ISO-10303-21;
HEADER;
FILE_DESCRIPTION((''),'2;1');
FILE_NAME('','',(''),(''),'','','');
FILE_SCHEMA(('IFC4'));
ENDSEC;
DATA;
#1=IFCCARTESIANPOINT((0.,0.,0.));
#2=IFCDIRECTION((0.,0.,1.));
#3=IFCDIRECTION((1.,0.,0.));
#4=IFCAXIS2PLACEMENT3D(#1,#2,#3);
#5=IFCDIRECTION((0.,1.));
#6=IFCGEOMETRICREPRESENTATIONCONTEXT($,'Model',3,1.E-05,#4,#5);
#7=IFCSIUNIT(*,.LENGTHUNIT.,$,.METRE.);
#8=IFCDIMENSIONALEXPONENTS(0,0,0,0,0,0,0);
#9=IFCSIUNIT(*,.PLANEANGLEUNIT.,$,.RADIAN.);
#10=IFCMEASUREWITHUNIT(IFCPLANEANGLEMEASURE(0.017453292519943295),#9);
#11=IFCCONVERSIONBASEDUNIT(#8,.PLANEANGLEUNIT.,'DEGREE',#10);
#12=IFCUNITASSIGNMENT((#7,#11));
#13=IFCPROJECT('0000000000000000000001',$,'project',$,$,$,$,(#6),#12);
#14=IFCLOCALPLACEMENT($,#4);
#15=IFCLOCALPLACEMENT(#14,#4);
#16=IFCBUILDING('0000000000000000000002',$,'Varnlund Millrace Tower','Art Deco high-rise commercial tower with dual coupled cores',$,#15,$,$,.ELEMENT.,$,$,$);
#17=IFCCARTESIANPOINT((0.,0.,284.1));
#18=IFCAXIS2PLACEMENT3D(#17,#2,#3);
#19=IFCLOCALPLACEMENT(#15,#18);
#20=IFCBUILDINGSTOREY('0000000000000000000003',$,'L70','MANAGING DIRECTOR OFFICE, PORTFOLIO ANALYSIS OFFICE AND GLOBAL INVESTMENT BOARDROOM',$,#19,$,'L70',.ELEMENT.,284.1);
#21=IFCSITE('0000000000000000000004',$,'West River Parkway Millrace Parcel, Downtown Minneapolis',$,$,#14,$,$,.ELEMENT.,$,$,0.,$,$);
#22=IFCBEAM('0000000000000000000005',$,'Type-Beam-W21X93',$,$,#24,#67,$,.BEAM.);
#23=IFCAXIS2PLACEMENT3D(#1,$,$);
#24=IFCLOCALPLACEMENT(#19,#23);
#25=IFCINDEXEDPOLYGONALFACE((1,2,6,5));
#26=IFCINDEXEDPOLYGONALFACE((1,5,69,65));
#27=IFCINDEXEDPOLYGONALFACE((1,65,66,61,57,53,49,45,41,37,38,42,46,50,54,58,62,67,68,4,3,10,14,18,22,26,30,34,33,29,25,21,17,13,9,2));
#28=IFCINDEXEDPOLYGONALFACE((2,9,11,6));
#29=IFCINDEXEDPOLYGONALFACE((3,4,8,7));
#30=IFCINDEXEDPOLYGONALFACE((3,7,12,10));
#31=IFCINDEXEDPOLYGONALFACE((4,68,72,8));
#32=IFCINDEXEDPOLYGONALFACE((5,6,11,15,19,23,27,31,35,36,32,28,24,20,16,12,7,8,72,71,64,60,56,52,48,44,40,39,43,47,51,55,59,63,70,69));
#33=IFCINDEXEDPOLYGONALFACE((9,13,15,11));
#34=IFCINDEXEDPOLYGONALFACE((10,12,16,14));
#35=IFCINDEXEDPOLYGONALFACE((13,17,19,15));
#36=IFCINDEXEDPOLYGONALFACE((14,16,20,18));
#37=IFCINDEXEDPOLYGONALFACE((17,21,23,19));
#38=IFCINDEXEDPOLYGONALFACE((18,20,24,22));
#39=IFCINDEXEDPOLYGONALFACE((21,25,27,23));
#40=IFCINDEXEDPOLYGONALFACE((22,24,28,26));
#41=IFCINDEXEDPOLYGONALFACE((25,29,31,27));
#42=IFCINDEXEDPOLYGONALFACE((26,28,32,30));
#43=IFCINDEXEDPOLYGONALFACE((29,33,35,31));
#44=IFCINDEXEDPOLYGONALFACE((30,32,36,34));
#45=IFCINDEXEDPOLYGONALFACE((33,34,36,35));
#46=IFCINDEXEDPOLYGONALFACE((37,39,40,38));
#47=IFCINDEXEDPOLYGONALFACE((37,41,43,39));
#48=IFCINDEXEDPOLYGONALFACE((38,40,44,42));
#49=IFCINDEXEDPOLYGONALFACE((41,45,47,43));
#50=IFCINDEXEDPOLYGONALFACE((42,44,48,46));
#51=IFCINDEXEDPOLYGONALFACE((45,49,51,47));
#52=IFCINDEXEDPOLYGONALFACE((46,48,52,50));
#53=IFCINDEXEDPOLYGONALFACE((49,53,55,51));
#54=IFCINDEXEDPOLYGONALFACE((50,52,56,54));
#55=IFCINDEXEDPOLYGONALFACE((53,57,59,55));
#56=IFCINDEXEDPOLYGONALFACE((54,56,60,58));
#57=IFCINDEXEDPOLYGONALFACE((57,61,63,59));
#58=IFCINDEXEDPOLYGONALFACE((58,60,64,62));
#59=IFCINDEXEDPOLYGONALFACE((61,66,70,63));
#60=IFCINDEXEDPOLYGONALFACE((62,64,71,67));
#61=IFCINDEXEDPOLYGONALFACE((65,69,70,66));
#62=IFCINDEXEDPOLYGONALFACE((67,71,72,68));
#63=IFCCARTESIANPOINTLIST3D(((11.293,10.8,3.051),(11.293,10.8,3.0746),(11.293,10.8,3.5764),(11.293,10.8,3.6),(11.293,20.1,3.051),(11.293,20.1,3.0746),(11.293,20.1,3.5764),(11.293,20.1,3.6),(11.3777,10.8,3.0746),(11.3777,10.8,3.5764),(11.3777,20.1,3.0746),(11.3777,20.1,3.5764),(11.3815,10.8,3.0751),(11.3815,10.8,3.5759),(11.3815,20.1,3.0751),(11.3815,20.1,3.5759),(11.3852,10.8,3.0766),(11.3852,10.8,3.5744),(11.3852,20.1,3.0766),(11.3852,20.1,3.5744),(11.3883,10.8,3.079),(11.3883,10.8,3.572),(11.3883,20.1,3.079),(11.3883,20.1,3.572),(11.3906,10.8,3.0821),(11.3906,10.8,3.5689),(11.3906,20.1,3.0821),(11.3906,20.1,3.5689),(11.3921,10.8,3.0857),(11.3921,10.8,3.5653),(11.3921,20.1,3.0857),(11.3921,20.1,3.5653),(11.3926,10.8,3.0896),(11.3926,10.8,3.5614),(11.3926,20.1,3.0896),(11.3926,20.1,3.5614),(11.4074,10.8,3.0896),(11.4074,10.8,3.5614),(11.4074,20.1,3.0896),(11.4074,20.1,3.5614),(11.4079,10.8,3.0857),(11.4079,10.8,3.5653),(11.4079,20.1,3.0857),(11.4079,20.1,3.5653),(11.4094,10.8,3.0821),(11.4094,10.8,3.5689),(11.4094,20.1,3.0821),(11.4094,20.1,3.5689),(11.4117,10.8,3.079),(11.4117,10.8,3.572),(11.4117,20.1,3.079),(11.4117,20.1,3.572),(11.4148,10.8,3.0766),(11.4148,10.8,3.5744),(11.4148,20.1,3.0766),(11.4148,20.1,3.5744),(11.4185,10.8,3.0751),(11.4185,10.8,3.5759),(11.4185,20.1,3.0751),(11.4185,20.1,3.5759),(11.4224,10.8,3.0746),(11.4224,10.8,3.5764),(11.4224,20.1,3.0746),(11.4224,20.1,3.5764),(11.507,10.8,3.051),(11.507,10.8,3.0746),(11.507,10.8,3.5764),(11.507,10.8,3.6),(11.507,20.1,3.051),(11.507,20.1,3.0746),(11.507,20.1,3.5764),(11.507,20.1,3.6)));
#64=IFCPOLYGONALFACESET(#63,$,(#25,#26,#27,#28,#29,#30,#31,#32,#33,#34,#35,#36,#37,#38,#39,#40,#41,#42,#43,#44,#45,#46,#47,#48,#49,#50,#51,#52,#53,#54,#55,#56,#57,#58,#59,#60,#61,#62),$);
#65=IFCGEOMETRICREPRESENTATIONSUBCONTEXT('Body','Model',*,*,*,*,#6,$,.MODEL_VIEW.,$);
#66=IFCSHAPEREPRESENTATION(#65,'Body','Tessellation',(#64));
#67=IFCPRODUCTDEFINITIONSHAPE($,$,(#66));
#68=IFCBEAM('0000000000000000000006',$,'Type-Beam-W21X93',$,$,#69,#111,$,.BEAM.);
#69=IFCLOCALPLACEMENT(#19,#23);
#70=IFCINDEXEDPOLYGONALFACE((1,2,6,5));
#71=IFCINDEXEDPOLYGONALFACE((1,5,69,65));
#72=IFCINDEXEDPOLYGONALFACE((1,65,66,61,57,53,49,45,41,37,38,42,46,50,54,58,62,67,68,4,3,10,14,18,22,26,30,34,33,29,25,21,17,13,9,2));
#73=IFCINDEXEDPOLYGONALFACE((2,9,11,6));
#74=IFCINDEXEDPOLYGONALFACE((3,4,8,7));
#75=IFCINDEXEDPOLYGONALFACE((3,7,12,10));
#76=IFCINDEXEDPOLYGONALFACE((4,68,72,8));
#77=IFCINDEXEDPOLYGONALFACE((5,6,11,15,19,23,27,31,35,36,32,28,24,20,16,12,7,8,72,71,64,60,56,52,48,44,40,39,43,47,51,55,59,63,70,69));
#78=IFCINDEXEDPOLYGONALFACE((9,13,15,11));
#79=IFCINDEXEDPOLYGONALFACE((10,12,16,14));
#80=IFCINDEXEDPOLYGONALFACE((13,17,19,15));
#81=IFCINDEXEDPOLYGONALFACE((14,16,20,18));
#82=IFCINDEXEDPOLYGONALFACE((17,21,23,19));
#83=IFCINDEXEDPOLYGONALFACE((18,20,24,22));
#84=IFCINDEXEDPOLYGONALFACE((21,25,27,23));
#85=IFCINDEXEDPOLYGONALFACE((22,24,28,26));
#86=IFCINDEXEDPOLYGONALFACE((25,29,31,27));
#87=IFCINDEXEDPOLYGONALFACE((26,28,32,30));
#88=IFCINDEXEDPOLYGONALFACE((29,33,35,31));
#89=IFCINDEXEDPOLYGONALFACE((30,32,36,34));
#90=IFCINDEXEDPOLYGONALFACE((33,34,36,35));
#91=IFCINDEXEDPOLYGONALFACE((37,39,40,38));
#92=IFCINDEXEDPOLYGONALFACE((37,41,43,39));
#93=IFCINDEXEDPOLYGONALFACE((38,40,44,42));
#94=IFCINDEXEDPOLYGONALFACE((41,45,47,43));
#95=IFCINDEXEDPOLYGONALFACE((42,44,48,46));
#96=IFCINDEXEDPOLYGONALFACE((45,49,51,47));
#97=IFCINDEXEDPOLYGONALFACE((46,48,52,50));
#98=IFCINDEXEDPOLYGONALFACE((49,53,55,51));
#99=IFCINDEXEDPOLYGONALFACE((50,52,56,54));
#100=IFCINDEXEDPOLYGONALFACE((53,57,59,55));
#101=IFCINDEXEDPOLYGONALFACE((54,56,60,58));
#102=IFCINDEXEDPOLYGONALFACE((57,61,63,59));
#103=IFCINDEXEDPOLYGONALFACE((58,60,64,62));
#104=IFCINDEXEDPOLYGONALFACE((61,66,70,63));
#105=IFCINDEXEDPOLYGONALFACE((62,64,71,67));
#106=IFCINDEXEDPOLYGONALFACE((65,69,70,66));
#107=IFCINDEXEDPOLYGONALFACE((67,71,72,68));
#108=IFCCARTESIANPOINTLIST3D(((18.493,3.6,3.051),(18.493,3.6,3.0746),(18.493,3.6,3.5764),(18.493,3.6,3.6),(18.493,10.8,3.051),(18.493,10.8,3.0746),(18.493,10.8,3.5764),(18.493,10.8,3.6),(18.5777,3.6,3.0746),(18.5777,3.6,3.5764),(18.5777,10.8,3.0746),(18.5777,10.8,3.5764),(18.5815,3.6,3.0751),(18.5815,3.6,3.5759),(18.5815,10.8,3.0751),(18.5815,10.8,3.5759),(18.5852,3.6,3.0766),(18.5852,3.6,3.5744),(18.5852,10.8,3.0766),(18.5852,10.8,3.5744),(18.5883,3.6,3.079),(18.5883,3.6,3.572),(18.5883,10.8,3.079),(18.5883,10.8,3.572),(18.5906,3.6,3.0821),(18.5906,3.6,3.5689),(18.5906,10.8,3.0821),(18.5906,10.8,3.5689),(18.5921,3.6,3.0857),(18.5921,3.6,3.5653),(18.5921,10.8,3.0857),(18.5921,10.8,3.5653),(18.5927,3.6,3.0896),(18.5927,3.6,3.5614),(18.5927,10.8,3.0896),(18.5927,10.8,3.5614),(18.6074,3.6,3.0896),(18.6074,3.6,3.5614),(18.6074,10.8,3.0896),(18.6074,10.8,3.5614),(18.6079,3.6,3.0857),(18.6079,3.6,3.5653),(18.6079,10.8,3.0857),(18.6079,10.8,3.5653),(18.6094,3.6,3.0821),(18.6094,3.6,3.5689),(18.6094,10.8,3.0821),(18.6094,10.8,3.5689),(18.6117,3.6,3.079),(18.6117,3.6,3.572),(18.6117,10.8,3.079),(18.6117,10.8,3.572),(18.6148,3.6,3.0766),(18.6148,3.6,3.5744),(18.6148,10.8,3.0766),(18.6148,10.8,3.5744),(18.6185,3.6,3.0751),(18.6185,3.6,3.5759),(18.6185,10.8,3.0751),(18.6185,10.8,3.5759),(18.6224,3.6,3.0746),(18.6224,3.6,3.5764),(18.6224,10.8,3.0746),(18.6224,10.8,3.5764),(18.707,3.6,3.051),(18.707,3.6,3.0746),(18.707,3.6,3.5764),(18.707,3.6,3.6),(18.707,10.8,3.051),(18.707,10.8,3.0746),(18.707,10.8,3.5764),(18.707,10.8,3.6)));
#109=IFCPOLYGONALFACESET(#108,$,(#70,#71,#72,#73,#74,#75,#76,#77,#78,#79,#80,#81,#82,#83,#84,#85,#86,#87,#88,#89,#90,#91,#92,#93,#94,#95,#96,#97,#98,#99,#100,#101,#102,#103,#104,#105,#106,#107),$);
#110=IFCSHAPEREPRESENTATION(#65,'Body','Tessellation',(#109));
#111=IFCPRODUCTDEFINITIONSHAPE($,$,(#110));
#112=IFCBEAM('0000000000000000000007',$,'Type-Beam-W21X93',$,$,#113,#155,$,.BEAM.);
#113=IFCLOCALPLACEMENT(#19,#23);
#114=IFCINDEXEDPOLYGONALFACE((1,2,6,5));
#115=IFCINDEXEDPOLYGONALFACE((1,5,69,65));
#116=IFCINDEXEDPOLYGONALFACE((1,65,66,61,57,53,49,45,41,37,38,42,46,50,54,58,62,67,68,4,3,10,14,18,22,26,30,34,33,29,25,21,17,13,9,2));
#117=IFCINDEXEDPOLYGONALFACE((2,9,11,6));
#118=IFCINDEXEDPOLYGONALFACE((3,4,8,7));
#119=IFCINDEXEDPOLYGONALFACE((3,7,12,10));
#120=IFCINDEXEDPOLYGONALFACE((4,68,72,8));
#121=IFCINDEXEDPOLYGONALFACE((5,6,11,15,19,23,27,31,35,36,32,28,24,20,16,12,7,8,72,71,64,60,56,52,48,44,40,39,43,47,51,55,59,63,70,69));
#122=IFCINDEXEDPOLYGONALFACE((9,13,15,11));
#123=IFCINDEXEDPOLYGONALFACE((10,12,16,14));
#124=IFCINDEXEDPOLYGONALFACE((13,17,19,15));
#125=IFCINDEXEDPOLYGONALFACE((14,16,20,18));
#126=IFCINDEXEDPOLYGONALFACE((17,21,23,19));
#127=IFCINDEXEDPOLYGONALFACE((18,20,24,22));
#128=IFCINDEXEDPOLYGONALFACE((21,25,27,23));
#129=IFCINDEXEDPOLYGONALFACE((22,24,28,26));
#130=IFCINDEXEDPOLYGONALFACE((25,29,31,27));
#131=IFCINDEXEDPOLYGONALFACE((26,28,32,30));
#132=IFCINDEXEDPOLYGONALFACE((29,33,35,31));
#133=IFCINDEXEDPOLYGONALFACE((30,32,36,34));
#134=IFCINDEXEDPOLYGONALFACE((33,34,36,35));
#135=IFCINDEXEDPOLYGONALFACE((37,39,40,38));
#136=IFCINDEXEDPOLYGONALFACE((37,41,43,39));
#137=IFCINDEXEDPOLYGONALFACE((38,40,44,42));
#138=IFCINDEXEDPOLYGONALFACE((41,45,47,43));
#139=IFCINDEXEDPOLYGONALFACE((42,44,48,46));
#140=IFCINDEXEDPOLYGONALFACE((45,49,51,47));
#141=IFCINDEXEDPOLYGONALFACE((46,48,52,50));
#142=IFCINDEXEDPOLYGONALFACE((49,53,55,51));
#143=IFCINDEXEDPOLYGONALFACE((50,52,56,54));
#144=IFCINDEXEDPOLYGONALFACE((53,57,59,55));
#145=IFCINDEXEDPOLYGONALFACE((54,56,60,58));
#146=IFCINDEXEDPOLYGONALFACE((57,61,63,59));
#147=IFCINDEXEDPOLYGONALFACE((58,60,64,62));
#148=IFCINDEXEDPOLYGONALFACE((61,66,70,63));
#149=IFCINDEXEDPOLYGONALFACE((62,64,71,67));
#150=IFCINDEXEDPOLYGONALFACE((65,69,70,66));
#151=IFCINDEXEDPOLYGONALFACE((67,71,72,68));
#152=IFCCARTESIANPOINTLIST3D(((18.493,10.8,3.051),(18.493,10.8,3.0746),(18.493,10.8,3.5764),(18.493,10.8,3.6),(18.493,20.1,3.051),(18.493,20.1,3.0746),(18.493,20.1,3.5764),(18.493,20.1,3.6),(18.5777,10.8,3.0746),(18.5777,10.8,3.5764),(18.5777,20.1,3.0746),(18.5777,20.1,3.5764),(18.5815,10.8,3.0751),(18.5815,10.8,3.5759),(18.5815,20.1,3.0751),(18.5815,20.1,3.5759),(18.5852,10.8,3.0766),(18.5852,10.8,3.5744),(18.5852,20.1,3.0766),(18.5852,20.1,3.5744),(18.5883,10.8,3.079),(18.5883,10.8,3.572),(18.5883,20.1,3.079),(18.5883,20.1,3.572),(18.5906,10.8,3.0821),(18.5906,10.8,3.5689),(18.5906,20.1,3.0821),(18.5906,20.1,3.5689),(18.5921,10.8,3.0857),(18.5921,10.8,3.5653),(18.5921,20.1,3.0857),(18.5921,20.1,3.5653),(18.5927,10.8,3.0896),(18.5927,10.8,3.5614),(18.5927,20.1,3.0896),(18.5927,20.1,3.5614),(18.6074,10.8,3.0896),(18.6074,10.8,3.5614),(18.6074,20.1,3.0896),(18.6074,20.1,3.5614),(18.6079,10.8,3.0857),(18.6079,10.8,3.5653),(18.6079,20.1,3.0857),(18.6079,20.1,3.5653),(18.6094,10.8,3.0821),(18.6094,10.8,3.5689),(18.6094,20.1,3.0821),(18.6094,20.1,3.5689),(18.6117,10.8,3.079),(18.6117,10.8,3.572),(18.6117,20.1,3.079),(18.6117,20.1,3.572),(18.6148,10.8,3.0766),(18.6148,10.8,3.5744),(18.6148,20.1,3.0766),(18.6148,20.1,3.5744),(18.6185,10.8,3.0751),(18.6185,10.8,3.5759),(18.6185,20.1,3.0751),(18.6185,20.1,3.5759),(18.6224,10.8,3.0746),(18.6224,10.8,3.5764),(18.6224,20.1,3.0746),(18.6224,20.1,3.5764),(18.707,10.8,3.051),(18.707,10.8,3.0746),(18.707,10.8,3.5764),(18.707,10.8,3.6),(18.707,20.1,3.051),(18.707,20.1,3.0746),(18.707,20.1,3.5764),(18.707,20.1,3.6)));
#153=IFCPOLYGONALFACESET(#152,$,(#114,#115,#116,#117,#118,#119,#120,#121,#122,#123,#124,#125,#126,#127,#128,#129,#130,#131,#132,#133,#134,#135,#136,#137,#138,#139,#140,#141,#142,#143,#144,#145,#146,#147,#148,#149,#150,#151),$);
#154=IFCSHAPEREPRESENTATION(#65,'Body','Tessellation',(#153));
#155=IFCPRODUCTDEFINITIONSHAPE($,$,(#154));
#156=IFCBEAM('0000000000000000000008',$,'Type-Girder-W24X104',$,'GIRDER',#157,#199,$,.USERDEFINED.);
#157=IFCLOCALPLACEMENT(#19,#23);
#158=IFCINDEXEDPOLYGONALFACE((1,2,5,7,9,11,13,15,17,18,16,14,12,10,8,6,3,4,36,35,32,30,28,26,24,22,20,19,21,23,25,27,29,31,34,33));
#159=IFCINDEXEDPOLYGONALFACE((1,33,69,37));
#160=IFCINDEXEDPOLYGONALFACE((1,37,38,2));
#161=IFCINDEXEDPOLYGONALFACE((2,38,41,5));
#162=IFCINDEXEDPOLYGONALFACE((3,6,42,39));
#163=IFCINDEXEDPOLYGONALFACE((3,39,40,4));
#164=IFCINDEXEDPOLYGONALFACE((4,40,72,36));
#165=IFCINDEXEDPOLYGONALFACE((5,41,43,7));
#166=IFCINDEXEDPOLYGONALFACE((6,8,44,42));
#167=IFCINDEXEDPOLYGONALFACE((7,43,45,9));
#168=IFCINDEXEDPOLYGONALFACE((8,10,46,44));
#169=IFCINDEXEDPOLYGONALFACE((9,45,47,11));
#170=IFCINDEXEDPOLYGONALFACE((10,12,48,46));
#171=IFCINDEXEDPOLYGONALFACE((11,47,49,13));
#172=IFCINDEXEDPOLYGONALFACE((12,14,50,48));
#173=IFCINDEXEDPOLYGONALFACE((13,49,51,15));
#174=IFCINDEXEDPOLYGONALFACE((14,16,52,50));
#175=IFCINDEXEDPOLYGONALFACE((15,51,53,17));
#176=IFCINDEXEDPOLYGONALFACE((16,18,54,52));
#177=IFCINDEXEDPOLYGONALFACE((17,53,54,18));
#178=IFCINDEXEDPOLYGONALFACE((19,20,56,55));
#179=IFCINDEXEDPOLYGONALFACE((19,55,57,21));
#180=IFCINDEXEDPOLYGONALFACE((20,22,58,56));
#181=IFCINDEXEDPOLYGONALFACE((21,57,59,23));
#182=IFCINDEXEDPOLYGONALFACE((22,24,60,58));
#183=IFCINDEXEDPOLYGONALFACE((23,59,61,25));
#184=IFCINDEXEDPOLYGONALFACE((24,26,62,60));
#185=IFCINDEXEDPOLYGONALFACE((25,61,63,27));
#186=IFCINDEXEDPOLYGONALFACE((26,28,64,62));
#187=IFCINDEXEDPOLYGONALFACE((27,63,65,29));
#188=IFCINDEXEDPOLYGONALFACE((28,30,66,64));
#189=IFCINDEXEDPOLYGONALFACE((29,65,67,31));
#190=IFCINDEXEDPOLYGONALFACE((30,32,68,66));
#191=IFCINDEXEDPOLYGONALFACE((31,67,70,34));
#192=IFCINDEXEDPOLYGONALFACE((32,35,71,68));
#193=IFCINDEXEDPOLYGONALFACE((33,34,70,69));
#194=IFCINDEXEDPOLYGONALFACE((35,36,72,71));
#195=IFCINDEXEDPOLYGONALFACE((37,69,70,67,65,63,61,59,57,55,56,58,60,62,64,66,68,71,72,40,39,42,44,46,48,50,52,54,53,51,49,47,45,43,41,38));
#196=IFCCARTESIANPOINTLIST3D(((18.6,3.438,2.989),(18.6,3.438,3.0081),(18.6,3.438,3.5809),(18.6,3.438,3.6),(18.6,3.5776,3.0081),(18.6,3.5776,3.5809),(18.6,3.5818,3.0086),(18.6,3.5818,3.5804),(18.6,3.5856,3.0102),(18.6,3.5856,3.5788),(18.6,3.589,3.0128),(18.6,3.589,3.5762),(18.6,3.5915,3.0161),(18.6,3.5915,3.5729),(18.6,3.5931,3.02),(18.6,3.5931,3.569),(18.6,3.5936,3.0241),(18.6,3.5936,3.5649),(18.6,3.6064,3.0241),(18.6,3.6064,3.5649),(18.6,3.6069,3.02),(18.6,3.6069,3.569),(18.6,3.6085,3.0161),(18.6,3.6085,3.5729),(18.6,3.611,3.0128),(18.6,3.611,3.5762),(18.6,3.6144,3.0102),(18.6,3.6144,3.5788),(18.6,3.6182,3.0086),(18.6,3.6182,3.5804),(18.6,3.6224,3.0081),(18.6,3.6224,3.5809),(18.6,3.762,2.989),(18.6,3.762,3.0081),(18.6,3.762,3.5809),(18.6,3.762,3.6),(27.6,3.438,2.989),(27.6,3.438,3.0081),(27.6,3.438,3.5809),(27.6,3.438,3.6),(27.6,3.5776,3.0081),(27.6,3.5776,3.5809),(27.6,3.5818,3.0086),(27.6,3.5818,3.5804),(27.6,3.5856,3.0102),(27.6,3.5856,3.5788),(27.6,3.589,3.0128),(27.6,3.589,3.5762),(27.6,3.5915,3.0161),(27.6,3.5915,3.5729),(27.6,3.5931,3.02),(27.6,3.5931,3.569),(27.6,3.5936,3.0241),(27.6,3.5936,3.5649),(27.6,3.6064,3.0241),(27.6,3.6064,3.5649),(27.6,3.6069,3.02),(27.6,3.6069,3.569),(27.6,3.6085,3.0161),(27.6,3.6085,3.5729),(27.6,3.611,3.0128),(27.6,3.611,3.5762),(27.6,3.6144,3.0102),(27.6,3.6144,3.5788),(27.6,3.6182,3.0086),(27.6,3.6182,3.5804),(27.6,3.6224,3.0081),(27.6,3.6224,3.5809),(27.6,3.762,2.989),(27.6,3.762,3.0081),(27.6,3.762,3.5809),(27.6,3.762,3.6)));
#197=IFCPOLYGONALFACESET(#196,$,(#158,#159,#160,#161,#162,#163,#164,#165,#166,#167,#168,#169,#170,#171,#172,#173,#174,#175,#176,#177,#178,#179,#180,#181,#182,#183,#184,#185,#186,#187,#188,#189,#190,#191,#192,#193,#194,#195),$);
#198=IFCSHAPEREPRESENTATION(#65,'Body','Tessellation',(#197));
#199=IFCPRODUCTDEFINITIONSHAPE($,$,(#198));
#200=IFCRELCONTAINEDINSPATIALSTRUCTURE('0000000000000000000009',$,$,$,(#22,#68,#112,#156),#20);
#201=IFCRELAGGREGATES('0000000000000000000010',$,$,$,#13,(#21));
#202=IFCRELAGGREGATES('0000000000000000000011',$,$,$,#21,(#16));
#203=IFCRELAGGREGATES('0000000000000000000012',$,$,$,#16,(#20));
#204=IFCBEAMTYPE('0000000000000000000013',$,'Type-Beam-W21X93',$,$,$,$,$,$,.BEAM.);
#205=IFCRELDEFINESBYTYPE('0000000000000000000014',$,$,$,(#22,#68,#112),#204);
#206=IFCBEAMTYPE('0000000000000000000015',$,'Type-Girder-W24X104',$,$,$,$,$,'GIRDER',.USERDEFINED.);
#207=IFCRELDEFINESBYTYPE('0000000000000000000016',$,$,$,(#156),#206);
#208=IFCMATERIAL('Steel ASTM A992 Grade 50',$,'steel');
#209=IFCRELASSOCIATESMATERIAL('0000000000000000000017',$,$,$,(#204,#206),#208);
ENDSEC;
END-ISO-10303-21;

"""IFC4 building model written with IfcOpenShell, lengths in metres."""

from ifc_helpers import new_model, entity, si_unit, converted_unit, direction, frame, origin_with_axes, origin_2d_with_axis, place, context, subcontext, project, spatial, i_section, extrude, material, material_profile, profile_set, type_object, element, save


model = new_model("IFC4")

# Units and contexts
model_context = context("Model", 3, precision=1e-05, world=origin_with_axes(), true_north=direction((0.0, 1.0)))
body_context = subcontext(model_context, "Body", "Model", "MODEL_VIEW")
ifc_project = project(units=[si_unit("LENGTHUNIT", "METRE"), converted_unit("PLANEANGLEUNIT", "DEGREE", entity("IfcPlaneAngleMeasure", 0.017453292519943295), si_unit("PLANEANGLEUNIT", "RADIAN"), dimensions=[0, 0, 0, 0, 0, 0, 0])], contexts=[model_context])

# Site, building, storey
site_placement = place(None, origin_with_axes())
site = spatial("IfcSite", under=ifc_project, at=site_placement, Name="West River Parkway Millrace Parcel, Downtown Minneapolis", CompositionType="ELEMENT", RefElevation=0.0)
building_placement = place(site_placement, origin_with_axes())
building = spatial("IfcBuilding", under=site, at=building_placement, Name="Varnlund Millrace Tower", Description="Art Deco high-rise commercial tower with dual coupled cores", CompositionType="ELEMENT")
storey_placement = place(building_placement, frame((0.0, 0.0, 284.1), z_axis=(0.0, 0.0, 1.0), x_axis=(1.0, 0.0, 0.0)))
storey = spatial("IfcBuildingStorey", under=building, at=storey_placement, Name="L70", Description="MANAGING DIRECTOR OFFICE, PORTFOLIO ANALYSIS OFFICE AND GLOBAL INVESTMENT BOARDROOM", LongName="L70", CompositionType="ELEMENT", Elevation=284.1)

# Beams
ifc_material_1 = material(Name="Steel ASTM A992 Grade 50", Category="steel")
ifc_material_profile_1 = material_profile(ifc_material_1, i_section(OverallWidth=0.214, OverallDepth=0.549, WebThickness=0.0147, FlangeThickness=0.0236, FilletRadius=0.015, at=origin_2d_with_axis()), Name="Steel ASTM A992 Grade 50")
ifc_profile_set_1 = profile_set([ifc_material_profile_1], Name="Steel ASTM A992 Grade 50")
beam_type_1 = type_object("IfcBeamType", Name="Type-Beam-W21X93", PredefinedType="BEAM", material=ifc_profile_set_1)
beam_1_placement = place(storey_placement, frame((11.4, 10.8, 3.3255), z_axis=(0.0, 1.0, 0.0), x_axis=(-1.0, 0.0, 0.0)))
element("IfcBeam", 1, at=beam_1_placement, inside=storey, type_object=beam_type_1, Name="Type-Beam-W21X93", PredefinedType="BEAM", context=body_context, shape_type="SweptSolid", body=[
    extrude(i_section(OverallWidth=0.214, OverallDepth=0.549, WebThickness=0.0147, FlangeThickness=0.0236, FilletRadius=0.015, at=origin_2d_with_axis()), origin_with_axes(), (0.0, 0.0, 1.0), 9.3),
])
beam_2_placement = place(storey_placement, frame((18.6, 3.6, 3.3255), z_axis=(0.0, 1.0, 0.0), x_axis=(-1.0, 0.0, 0.0)))
element("IfcBeam", 2, at=beam_2_placement, inside=storey, type_object=beam_type_1, Name="Type-Beam-W21X93", PredefinedType="BEAM", context=body_context, shape_type="SweptSolid", body=[
    extrude(i_section(OverallWidth=0.214, OverallDepth=0.549, WebThickness=0.0147, FlangeThickness=0.0236, FilletRadius=0.015, at=origin_2d_with_axis()), origin_with_axes(), (0.0, 0.0, 1.0), 7.2),
])
beam_3_placement = place(storey_placement, frame((18.6, 10.8, 3.3255), z_axis=(0.0, 1.0, 0.0), x_axis=(-1.0, 0.0, 0.0)))
element("IfcBeam", 3, at=beam_3_placement, inside=storey, type_object=beam_type_1, Name="Type-Beam-W21X93", PredefinedType="BEAM", context=body_context, shape_type="SweptSolid", body=[
    extrude(i_section(OverallWidth=0.214, OverallDepth=0.549, WebThickness=0.0147, FlangeThickness=0.0236, FilletRadius=0.015, at=origin_2d_with_axis()), origin_with_axes(), (0.0, 0.0, 1.0), 9.3),
])
ifc_material_profile_2 = material_profile(ifc_material_1, i_section(OverallWidth=0.324, OverallDepth=0.611, WebThickness=0.0127, FlangeThickness=0.0191, FilletRadius=0.016, at=origin_2d_with_axis()), Name="Steel ASTM A992 Grade 50")
ifc_profile_set_2 = profile_set([ifc_material_profile_2], Name="Steel ASTM A992 Grade 50")
beam_type_2 = type_object("IfcBeamType", Name="Type-Girder-W24X104", ElementType="GIRDER", PredefinedType="USERDEFINED", material=ifc_profile_set_2)
for number, where, z_axis, x_axis, name in (
    (4, (18.6, 3.6, 3.2945), (1.0, 0.0, 0.0), (0.0, 1.0, 0.0), "Type-Girder-W24X104"),
):
    element("IfcBeam", number, at=place(storey_placement, frame(where, z_axis=z_axis, x_axis=x_axis)), inside=storey, type_object=beam_type_2, Name=name, ObjectType="GIRDER", PredefinedType="USERDEFINED", context=body_context, shape_type="SweptSolid", body=[
        extrude(i_section(OverallWidth=0.324, OverallDepth=0.611, WebThickness=0.0127, FlangeThickness=0.0191, FilletRadius=0.016, at=origin_2d_with_axis()), origin_with_axes(), (0.0, 0.0, 1.0), 9.0),
    ])

save(model, "model.ifc")
